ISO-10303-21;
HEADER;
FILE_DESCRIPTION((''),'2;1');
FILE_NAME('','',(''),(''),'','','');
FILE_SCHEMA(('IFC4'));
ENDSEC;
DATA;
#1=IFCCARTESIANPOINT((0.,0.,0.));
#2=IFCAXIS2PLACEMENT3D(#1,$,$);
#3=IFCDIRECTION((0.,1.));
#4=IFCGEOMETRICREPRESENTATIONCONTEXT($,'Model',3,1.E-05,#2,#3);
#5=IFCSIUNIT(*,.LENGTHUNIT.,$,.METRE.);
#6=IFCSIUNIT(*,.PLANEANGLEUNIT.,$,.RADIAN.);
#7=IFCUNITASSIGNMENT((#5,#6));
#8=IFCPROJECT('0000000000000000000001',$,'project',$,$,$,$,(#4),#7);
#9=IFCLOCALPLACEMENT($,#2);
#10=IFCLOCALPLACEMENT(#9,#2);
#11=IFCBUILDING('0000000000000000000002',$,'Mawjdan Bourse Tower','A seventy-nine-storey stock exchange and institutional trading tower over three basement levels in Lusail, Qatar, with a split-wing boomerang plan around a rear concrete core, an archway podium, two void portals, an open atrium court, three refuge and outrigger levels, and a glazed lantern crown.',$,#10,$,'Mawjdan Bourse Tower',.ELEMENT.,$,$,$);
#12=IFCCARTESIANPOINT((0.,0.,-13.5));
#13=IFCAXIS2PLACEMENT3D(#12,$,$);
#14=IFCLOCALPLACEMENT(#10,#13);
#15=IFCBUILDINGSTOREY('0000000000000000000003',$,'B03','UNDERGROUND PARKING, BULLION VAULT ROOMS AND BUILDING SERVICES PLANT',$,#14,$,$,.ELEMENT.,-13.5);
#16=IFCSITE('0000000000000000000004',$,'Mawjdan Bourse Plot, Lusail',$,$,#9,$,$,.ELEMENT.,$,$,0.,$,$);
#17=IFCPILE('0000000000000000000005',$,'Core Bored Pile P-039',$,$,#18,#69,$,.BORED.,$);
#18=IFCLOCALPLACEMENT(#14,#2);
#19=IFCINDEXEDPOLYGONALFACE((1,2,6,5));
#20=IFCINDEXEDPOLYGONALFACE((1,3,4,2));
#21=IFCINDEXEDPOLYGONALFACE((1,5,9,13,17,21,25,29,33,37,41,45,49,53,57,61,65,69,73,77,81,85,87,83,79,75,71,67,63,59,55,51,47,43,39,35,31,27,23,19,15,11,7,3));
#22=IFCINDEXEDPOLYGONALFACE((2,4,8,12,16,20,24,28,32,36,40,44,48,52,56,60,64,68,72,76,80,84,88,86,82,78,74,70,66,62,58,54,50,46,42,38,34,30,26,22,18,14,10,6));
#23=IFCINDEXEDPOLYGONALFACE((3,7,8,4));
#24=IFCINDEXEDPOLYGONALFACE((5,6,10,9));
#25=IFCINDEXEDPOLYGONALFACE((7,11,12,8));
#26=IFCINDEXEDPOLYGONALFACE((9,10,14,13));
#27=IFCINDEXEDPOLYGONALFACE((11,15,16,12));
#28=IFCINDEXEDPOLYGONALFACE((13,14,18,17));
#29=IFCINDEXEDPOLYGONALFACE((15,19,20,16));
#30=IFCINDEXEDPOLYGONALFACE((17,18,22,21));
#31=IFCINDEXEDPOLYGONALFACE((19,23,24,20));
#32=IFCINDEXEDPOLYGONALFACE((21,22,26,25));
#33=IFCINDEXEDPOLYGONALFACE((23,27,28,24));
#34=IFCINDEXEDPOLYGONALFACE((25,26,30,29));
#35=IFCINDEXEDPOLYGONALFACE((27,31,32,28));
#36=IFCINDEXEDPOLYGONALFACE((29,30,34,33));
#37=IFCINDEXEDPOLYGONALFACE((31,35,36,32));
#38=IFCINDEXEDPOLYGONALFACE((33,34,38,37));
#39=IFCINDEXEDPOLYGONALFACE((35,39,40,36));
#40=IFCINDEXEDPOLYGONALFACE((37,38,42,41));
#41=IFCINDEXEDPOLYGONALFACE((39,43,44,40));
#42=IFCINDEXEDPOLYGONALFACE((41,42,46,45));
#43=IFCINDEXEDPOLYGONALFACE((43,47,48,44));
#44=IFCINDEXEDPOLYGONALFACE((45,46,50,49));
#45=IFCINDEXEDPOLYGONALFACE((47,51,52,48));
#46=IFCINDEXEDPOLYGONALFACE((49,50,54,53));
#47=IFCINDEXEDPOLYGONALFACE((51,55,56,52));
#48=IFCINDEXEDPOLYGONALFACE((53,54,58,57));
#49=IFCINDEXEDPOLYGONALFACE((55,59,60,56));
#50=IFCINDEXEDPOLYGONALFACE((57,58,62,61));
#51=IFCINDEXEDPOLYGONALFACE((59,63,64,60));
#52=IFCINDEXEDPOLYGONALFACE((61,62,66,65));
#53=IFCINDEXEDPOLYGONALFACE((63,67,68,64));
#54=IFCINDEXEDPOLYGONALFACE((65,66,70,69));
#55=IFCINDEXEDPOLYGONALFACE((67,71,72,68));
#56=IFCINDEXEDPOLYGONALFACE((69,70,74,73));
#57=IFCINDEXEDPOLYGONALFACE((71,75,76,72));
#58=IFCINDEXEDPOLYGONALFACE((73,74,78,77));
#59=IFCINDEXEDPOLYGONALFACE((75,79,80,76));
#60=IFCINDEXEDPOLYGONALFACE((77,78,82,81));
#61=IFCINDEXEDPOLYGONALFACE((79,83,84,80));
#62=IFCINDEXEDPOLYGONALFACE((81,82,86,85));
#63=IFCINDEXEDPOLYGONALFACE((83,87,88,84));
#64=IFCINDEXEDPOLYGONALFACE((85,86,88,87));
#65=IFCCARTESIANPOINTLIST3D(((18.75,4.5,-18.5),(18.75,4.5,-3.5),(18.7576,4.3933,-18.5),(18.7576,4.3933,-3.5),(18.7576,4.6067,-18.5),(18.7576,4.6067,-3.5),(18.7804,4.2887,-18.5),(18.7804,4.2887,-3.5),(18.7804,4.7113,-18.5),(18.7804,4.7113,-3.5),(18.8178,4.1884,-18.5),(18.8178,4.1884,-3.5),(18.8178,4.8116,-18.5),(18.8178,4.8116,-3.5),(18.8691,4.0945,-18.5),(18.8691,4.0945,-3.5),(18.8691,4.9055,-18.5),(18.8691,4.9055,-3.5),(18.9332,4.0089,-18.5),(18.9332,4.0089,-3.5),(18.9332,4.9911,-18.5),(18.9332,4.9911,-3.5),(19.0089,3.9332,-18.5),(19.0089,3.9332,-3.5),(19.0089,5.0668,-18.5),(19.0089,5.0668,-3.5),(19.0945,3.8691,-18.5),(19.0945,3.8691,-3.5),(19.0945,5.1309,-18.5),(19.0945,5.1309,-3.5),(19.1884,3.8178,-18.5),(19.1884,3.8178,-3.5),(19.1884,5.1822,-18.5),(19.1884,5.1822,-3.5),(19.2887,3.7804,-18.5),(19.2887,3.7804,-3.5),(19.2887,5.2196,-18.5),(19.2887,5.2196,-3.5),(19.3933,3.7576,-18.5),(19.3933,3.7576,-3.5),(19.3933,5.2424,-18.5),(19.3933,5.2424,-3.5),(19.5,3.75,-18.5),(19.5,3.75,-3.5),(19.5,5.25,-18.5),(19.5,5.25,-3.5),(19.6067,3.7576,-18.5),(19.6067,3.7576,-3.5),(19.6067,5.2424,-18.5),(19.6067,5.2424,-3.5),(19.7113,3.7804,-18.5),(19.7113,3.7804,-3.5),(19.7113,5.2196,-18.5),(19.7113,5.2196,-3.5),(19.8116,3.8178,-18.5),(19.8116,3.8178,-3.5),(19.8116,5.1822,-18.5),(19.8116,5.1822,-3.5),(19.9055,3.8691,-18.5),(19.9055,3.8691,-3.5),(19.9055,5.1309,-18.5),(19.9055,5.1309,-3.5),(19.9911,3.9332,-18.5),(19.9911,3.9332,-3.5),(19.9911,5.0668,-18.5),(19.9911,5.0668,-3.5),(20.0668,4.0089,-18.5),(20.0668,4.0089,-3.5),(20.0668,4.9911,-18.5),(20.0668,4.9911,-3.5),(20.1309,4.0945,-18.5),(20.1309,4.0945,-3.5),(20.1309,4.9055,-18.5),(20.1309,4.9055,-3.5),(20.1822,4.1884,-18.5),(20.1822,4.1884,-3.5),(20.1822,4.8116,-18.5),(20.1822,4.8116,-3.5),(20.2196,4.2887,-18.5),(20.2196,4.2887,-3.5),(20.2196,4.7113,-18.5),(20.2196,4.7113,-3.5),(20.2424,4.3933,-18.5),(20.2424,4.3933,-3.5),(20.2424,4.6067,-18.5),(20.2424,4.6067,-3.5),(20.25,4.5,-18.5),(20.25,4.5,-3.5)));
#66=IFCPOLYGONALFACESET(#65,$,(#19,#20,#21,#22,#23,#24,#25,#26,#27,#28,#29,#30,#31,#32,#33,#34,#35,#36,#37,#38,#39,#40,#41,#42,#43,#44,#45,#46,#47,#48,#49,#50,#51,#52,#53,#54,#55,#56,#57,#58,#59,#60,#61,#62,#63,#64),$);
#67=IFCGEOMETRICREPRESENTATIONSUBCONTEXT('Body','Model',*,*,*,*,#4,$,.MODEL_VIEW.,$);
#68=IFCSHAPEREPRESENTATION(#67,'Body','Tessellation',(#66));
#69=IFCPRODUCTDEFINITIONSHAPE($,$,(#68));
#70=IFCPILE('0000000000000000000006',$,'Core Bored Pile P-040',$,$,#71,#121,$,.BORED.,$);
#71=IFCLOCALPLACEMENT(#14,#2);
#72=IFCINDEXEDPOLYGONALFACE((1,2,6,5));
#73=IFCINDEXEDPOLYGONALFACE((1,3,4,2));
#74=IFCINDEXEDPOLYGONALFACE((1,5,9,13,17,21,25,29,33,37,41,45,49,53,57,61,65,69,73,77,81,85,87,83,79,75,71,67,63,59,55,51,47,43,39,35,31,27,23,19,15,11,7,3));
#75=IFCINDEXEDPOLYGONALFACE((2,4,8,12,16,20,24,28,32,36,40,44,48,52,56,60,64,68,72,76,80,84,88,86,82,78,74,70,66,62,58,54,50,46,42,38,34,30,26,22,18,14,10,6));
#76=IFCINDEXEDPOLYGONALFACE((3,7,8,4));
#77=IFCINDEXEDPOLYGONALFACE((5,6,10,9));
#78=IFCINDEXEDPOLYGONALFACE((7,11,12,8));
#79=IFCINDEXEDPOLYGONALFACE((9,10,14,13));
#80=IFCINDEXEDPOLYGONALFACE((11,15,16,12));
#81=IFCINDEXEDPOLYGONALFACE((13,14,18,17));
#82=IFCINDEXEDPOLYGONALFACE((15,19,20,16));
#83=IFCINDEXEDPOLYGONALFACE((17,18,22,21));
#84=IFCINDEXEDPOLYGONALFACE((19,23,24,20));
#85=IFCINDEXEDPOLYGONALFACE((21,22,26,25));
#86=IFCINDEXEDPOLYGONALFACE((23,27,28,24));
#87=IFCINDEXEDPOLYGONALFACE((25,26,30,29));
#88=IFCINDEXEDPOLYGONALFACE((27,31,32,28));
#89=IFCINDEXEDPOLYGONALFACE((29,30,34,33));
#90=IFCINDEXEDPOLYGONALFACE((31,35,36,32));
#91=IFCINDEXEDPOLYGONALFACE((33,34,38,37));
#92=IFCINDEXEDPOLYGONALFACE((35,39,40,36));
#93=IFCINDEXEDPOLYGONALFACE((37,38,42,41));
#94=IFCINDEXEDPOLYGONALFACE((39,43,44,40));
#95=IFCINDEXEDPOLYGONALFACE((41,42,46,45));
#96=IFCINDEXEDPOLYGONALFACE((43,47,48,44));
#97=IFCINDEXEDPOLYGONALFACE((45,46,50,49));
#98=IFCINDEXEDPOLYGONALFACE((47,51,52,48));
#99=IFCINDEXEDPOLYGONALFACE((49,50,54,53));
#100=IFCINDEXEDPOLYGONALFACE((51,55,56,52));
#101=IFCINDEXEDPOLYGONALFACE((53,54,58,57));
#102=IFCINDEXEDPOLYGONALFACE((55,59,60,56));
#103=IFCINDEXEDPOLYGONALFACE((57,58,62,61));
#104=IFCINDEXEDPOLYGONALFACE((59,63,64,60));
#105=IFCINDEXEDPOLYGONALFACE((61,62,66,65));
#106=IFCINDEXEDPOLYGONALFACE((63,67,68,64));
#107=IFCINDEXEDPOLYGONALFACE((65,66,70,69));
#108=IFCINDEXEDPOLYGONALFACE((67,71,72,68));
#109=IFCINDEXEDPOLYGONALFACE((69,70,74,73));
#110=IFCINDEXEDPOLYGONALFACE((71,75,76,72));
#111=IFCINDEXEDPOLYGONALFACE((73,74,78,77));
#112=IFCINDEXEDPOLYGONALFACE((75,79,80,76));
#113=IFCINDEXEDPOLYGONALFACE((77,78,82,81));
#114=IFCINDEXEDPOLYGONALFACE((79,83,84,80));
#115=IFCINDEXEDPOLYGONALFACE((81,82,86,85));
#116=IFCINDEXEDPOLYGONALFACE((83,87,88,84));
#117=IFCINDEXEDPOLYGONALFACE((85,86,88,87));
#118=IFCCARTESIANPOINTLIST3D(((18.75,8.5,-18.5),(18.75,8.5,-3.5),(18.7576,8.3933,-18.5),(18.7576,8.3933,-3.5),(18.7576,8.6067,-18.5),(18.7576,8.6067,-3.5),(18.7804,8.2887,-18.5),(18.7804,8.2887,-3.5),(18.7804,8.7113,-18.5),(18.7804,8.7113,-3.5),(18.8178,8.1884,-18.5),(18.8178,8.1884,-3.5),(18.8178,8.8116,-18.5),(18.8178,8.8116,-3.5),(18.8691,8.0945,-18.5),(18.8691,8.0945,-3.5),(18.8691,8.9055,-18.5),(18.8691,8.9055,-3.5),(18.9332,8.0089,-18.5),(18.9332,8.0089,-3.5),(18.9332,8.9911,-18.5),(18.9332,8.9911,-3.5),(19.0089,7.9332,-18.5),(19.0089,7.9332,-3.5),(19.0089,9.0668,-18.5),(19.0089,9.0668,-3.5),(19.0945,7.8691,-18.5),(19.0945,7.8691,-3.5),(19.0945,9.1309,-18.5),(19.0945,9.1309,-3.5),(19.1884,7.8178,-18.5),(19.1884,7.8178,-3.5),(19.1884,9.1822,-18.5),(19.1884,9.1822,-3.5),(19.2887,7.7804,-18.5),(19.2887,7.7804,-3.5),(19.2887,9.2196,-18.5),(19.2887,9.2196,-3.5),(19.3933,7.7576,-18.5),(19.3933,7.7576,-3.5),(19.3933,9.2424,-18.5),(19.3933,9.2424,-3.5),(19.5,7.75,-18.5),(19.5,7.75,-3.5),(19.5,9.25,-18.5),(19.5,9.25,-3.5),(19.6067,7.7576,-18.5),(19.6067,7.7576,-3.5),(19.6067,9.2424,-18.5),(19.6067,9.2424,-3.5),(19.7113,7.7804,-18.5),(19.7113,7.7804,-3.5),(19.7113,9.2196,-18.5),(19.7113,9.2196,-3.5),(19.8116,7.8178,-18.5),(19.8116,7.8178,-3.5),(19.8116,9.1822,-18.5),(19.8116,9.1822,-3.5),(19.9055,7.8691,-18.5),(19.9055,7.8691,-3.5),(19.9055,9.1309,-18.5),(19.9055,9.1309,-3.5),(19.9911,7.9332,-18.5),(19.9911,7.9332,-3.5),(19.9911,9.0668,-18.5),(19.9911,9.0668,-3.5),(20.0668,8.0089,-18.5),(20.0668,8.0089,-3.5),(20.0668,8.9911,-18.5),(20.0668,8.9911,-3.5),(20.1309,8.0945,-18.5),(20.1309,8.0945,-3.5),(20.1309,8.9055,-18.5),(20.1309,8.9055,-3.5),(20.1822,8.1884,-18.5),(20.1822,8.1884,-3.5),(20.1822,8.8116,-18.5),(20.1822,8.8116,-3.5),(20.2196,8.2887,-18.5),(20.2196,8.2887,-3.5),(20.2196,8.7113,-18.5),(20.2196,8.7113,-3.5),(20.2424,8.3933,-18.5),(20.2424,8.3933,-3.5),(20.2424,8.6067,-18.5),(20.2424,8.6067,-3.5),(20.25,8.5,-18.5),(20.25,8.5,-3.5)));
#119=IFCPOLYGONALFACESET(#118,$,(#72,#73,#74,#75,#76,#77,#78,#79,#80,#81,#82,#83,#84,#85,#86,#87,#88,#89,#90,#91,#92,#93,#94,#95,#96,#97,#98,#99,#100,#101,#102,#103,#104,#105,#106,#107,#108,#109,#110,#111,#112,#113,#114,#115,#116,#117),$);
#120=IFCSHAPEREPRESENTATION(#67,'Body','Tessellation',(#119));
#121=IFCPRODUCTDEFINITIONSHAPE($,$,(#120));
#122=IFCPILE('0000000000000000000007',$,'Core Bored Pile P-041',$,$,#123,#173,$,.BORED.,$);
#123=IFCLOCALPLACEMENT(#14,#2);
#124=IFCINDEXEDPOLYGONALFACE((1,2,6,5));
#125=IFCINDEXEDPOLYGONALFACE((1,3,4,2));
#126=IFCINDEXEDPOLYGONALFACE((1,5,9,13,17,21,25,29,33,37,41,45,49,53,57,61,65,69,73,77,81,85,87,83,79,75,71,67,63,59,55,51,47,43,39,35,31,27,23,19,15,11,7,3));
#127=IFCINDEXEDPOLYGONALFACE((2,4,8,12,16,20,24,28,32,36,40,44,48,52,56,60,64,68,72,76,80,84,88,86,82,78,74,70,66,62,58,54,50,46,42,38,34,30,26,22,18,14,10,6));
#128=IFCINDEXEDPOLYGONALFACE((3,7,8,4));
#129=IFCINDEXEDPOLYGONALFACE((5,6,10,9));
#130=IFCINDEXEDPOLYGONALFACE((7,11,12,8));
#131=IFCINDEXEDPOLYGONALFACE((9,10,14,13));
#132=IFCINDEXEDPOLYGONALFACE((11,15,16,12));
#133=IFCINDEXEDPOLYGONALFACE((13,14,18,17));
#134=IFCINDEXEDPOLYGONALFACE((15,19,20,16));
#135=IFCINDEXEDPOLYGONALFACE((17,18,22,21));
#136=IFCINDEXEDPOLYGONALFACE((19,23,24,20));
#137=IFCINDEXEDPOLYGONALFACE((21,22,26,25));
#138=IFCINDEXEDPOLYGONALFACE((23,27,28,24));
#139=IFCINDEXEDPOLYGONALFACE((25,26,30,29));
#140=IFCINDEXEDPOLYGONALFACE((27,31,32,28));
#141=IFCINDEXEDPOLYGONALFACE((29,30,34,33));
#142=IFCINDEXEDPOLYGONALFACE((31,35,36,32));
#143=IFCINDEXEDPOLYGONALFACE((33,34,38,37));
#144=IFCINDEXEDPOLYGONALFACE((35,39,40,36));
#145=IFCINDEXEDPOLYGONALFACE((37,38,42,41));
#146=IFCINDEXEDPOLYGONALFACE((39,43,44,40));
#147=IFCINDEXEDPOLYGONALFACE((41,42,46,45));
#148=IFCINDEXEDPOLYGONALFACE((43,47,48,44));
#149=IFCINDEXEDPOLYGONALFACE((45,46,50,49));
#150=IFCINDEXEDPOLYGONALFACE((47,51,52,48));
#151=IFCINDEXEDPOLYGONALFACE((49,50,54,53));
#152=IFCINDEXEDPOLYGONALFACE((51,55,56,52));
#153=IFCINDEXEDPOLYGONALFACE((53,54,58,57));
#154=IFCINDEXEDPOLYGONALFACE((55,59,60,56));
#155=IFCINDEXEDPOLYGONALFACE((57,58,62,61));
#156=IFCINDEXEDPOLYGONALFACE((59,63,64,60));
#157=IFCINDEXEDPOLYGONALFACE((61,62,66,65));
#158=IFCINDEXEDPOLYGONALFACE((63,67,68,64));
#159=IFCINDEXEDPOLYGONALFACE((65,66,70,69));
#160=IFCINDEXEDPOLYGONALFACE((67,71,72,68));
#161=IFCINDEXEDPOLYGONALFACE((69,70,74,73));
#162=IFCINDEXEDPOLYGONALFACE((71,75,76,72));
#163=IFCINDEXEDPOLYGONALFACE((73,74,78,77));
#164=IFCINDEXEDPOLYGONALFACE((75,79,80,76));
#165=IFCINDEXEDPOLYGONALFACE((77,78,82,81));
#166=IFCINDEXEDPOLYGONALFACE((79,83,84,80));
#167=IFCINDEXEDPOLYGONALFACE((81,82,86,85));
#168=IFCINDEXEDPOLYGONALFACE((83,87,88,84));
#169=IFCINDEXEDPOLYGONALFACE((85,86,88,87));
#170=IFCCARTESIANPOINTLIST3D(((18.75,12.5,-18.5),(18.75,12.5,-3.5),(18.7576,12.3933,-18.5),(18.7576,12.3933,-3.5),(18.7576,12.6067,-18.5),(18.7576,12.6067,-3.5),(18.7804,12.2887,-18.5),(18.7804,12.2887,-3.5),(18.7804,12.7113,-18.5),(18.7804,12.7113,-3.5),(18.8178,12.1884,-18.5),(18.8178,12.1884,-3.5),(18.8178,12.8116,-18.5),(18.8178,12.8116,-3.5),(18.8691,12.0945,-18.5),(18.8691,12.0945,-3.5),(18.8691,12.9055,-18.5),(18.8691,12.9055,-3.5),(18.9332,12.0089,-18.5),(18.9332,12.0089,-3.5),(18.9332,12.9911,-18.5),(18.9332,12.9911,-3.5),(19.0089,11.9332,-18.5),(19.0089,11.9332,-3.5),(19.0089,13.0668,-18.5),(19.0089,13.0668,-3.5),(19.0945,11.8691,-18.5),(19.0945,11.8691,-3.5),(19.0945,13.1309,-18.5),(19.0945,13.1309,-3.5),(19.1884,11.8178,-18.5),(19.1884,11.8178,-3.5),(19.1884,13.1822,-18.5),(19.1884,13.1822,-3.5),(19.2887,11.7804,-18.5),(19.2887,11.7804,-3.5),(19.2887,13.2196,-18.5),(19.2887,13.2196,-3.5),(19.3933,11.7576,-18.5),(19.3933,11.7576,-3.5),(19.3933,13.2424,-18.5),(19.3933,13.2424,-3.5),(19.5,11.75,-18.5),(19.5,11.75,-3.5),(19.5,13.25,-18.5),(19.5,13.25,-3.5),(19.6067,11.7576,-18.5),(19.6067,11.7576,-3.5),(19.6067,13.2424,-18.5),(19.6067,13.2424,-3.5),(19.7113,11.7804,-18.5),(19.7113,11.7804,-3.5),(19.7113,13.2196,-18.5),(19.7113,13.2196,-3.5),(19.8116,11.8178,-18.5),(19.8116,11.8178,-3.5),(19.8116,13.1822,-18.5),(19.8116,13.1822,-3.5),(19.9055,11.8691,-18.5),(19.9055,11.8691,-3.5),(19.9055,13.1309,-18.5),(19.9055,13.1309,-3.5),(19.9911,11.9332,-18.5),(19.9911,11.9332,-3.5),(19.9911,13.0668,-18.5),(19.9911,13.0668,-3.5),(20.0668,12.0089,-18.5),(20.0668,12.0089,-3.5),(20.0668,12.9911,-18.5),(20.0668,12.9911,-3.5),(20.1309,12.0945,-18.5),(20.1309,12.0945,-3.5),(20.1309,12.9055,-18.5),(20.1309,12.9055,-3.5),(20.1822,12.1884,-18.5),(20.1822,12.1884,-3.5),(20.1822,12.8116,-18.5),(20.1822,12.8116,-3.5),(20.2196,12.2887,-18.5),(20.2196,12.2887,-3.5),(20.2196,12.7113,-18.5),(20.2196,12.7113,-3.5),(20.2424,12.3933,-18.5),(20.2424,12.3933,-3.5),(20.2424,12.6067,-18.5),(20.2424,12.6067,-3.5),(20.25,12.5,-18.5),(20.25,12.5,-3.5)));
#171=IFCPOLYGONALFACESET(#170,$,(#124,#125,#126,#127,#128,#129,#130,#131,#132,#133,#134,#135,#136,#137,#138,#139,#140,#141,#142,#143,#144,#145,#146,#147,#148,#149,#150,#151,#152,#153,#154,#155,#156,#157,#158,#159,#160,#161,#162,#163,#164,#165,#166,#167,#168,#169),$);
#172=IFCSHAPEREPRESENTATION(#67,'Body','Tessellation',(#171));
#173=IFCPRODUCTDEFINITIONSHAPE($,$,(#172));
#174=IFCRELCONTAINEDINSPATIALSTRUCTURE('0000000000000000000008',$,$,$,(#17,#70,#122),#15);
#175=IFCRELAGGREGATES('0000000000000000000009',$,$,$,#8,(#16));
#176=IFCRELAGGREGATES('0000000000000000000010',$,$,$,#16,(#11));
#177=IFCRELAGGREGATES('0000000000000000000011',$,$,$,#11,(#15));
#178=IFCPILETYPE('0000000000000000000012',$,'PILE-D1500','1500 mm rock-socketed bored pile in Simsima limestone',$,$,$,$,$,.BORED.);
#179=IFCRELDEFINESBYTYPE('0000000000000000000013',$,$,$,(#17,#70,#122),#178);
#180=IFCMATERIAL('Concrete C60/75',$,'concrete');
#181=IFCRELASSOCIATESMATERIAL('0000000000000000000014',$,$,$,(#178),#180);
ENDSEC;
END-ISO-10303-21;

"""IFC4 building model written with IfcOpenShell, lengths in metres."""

from ifc_helpers import new_model, si_unit, direction, frame, origin, origin_2d, place, context, subcontext, project, spatial, circle, extrude, material, material_profile, profile_set, type_object, element, save


model = new_model("IFC4")

# Units and contexts
model_context = context("Model", 3, precision=1e-05, world=origin(), true_north=direction((0.0, 1.0)))
body_context = subcontext(model_context, "Body", "Model", "MODEL_VIEW")
ifc_project = project(units=[si_unit("LENGTHUNIT", "METRE"), si_unit("PLANEANGLEUNIT", "RADIAN")], contexts=[model_context])

# Site, building, storey
site_placement = place(None, origin())
site = spatial("IfcSite", under=ifc_project, at=site_placement, Name="Mawjdan Bourse Plot, Lusail", CompositionType="ELEMENT", RefElevation=0.0)
building_placement = place(site_placement, origin())
building = spatial("IfcBuilding", under=site, at=building_placement, Name="Mawjdan Bourse Tower", Description="A seventy-nine-storey stock exchange and institutional trading tower over three basement levels in Lusail, Qatar, with a split-wing boomerang plan around a rear concrete core, an archway podium, two void portals, an open atrium court, three refuge and outrigger levels, and a glazed lantern crown.", LongName="Mawjdan Bourse Tower", CompositionType="ELEMENT")
storey_placement = place(building_placement, frame((0.0, 0.0, -13.5)))
storey = spatial("IfcBuildingStorey", under=building, at=storey_placement, Name="B03", Description="UNDERGROUND PARKING, BULLION VAULT ROOMS AND BUILDING SERVICES PLANT", CompositionType="ELEMENT", Elevation=-13.5)

# Piles
ifc_material_1 = material(Name="Concrete C60/75", Category="concrete")
ifc_material_profile_1 = material_profile(ifc_material_1, circle(Radius=0.75, at=origin_2d()), Name="PILE-D1500")
ifc_profile_set_1 = profile_set([ifc_material_profile_1], Name="Concrete C60/75")
pile_type = type_object("IfcPileType", Name="PILE-D1500", Description="1500 mm rock-socketed bored pile in Simsima limestone", PredefinedType="BORED", material=ifc_profile_set_1)
for number, where, z_axis, x_axis, name in (
    (1, (19.5, 4.5, -3.5), (0.0, 0.0, -1.0), (1.0, 0.0, 0.0), "Core Bored Pile P-039"),
    (2, (19.5, 8.5, -3.5), (0.0, 0.0, -1.0), (1.0, 0.0, 0.0), "Core Bored Pile P-040"),
    (3, (19.5, 12.5, -3.5), (0.0, 0.0, -1.0), (1.0, 0.0, 0.0), "Core Bored Pile P-041"),
):
    element("IfcPile", number, at=place(storey_placement, frame(where, z_axis=z_axis, x_axis=x_axis)), inside=storey, type_object=pile_type, Name=name, PredefinedType="BORED", context=body_context, shape_type="SweptSolid", body=[
        extrude(circle(Radius=0.75, at=origin_2d()), origin(), (0.0, 0.0, 1.0), 15.0),
    ])

save(model, "model.ifc")
